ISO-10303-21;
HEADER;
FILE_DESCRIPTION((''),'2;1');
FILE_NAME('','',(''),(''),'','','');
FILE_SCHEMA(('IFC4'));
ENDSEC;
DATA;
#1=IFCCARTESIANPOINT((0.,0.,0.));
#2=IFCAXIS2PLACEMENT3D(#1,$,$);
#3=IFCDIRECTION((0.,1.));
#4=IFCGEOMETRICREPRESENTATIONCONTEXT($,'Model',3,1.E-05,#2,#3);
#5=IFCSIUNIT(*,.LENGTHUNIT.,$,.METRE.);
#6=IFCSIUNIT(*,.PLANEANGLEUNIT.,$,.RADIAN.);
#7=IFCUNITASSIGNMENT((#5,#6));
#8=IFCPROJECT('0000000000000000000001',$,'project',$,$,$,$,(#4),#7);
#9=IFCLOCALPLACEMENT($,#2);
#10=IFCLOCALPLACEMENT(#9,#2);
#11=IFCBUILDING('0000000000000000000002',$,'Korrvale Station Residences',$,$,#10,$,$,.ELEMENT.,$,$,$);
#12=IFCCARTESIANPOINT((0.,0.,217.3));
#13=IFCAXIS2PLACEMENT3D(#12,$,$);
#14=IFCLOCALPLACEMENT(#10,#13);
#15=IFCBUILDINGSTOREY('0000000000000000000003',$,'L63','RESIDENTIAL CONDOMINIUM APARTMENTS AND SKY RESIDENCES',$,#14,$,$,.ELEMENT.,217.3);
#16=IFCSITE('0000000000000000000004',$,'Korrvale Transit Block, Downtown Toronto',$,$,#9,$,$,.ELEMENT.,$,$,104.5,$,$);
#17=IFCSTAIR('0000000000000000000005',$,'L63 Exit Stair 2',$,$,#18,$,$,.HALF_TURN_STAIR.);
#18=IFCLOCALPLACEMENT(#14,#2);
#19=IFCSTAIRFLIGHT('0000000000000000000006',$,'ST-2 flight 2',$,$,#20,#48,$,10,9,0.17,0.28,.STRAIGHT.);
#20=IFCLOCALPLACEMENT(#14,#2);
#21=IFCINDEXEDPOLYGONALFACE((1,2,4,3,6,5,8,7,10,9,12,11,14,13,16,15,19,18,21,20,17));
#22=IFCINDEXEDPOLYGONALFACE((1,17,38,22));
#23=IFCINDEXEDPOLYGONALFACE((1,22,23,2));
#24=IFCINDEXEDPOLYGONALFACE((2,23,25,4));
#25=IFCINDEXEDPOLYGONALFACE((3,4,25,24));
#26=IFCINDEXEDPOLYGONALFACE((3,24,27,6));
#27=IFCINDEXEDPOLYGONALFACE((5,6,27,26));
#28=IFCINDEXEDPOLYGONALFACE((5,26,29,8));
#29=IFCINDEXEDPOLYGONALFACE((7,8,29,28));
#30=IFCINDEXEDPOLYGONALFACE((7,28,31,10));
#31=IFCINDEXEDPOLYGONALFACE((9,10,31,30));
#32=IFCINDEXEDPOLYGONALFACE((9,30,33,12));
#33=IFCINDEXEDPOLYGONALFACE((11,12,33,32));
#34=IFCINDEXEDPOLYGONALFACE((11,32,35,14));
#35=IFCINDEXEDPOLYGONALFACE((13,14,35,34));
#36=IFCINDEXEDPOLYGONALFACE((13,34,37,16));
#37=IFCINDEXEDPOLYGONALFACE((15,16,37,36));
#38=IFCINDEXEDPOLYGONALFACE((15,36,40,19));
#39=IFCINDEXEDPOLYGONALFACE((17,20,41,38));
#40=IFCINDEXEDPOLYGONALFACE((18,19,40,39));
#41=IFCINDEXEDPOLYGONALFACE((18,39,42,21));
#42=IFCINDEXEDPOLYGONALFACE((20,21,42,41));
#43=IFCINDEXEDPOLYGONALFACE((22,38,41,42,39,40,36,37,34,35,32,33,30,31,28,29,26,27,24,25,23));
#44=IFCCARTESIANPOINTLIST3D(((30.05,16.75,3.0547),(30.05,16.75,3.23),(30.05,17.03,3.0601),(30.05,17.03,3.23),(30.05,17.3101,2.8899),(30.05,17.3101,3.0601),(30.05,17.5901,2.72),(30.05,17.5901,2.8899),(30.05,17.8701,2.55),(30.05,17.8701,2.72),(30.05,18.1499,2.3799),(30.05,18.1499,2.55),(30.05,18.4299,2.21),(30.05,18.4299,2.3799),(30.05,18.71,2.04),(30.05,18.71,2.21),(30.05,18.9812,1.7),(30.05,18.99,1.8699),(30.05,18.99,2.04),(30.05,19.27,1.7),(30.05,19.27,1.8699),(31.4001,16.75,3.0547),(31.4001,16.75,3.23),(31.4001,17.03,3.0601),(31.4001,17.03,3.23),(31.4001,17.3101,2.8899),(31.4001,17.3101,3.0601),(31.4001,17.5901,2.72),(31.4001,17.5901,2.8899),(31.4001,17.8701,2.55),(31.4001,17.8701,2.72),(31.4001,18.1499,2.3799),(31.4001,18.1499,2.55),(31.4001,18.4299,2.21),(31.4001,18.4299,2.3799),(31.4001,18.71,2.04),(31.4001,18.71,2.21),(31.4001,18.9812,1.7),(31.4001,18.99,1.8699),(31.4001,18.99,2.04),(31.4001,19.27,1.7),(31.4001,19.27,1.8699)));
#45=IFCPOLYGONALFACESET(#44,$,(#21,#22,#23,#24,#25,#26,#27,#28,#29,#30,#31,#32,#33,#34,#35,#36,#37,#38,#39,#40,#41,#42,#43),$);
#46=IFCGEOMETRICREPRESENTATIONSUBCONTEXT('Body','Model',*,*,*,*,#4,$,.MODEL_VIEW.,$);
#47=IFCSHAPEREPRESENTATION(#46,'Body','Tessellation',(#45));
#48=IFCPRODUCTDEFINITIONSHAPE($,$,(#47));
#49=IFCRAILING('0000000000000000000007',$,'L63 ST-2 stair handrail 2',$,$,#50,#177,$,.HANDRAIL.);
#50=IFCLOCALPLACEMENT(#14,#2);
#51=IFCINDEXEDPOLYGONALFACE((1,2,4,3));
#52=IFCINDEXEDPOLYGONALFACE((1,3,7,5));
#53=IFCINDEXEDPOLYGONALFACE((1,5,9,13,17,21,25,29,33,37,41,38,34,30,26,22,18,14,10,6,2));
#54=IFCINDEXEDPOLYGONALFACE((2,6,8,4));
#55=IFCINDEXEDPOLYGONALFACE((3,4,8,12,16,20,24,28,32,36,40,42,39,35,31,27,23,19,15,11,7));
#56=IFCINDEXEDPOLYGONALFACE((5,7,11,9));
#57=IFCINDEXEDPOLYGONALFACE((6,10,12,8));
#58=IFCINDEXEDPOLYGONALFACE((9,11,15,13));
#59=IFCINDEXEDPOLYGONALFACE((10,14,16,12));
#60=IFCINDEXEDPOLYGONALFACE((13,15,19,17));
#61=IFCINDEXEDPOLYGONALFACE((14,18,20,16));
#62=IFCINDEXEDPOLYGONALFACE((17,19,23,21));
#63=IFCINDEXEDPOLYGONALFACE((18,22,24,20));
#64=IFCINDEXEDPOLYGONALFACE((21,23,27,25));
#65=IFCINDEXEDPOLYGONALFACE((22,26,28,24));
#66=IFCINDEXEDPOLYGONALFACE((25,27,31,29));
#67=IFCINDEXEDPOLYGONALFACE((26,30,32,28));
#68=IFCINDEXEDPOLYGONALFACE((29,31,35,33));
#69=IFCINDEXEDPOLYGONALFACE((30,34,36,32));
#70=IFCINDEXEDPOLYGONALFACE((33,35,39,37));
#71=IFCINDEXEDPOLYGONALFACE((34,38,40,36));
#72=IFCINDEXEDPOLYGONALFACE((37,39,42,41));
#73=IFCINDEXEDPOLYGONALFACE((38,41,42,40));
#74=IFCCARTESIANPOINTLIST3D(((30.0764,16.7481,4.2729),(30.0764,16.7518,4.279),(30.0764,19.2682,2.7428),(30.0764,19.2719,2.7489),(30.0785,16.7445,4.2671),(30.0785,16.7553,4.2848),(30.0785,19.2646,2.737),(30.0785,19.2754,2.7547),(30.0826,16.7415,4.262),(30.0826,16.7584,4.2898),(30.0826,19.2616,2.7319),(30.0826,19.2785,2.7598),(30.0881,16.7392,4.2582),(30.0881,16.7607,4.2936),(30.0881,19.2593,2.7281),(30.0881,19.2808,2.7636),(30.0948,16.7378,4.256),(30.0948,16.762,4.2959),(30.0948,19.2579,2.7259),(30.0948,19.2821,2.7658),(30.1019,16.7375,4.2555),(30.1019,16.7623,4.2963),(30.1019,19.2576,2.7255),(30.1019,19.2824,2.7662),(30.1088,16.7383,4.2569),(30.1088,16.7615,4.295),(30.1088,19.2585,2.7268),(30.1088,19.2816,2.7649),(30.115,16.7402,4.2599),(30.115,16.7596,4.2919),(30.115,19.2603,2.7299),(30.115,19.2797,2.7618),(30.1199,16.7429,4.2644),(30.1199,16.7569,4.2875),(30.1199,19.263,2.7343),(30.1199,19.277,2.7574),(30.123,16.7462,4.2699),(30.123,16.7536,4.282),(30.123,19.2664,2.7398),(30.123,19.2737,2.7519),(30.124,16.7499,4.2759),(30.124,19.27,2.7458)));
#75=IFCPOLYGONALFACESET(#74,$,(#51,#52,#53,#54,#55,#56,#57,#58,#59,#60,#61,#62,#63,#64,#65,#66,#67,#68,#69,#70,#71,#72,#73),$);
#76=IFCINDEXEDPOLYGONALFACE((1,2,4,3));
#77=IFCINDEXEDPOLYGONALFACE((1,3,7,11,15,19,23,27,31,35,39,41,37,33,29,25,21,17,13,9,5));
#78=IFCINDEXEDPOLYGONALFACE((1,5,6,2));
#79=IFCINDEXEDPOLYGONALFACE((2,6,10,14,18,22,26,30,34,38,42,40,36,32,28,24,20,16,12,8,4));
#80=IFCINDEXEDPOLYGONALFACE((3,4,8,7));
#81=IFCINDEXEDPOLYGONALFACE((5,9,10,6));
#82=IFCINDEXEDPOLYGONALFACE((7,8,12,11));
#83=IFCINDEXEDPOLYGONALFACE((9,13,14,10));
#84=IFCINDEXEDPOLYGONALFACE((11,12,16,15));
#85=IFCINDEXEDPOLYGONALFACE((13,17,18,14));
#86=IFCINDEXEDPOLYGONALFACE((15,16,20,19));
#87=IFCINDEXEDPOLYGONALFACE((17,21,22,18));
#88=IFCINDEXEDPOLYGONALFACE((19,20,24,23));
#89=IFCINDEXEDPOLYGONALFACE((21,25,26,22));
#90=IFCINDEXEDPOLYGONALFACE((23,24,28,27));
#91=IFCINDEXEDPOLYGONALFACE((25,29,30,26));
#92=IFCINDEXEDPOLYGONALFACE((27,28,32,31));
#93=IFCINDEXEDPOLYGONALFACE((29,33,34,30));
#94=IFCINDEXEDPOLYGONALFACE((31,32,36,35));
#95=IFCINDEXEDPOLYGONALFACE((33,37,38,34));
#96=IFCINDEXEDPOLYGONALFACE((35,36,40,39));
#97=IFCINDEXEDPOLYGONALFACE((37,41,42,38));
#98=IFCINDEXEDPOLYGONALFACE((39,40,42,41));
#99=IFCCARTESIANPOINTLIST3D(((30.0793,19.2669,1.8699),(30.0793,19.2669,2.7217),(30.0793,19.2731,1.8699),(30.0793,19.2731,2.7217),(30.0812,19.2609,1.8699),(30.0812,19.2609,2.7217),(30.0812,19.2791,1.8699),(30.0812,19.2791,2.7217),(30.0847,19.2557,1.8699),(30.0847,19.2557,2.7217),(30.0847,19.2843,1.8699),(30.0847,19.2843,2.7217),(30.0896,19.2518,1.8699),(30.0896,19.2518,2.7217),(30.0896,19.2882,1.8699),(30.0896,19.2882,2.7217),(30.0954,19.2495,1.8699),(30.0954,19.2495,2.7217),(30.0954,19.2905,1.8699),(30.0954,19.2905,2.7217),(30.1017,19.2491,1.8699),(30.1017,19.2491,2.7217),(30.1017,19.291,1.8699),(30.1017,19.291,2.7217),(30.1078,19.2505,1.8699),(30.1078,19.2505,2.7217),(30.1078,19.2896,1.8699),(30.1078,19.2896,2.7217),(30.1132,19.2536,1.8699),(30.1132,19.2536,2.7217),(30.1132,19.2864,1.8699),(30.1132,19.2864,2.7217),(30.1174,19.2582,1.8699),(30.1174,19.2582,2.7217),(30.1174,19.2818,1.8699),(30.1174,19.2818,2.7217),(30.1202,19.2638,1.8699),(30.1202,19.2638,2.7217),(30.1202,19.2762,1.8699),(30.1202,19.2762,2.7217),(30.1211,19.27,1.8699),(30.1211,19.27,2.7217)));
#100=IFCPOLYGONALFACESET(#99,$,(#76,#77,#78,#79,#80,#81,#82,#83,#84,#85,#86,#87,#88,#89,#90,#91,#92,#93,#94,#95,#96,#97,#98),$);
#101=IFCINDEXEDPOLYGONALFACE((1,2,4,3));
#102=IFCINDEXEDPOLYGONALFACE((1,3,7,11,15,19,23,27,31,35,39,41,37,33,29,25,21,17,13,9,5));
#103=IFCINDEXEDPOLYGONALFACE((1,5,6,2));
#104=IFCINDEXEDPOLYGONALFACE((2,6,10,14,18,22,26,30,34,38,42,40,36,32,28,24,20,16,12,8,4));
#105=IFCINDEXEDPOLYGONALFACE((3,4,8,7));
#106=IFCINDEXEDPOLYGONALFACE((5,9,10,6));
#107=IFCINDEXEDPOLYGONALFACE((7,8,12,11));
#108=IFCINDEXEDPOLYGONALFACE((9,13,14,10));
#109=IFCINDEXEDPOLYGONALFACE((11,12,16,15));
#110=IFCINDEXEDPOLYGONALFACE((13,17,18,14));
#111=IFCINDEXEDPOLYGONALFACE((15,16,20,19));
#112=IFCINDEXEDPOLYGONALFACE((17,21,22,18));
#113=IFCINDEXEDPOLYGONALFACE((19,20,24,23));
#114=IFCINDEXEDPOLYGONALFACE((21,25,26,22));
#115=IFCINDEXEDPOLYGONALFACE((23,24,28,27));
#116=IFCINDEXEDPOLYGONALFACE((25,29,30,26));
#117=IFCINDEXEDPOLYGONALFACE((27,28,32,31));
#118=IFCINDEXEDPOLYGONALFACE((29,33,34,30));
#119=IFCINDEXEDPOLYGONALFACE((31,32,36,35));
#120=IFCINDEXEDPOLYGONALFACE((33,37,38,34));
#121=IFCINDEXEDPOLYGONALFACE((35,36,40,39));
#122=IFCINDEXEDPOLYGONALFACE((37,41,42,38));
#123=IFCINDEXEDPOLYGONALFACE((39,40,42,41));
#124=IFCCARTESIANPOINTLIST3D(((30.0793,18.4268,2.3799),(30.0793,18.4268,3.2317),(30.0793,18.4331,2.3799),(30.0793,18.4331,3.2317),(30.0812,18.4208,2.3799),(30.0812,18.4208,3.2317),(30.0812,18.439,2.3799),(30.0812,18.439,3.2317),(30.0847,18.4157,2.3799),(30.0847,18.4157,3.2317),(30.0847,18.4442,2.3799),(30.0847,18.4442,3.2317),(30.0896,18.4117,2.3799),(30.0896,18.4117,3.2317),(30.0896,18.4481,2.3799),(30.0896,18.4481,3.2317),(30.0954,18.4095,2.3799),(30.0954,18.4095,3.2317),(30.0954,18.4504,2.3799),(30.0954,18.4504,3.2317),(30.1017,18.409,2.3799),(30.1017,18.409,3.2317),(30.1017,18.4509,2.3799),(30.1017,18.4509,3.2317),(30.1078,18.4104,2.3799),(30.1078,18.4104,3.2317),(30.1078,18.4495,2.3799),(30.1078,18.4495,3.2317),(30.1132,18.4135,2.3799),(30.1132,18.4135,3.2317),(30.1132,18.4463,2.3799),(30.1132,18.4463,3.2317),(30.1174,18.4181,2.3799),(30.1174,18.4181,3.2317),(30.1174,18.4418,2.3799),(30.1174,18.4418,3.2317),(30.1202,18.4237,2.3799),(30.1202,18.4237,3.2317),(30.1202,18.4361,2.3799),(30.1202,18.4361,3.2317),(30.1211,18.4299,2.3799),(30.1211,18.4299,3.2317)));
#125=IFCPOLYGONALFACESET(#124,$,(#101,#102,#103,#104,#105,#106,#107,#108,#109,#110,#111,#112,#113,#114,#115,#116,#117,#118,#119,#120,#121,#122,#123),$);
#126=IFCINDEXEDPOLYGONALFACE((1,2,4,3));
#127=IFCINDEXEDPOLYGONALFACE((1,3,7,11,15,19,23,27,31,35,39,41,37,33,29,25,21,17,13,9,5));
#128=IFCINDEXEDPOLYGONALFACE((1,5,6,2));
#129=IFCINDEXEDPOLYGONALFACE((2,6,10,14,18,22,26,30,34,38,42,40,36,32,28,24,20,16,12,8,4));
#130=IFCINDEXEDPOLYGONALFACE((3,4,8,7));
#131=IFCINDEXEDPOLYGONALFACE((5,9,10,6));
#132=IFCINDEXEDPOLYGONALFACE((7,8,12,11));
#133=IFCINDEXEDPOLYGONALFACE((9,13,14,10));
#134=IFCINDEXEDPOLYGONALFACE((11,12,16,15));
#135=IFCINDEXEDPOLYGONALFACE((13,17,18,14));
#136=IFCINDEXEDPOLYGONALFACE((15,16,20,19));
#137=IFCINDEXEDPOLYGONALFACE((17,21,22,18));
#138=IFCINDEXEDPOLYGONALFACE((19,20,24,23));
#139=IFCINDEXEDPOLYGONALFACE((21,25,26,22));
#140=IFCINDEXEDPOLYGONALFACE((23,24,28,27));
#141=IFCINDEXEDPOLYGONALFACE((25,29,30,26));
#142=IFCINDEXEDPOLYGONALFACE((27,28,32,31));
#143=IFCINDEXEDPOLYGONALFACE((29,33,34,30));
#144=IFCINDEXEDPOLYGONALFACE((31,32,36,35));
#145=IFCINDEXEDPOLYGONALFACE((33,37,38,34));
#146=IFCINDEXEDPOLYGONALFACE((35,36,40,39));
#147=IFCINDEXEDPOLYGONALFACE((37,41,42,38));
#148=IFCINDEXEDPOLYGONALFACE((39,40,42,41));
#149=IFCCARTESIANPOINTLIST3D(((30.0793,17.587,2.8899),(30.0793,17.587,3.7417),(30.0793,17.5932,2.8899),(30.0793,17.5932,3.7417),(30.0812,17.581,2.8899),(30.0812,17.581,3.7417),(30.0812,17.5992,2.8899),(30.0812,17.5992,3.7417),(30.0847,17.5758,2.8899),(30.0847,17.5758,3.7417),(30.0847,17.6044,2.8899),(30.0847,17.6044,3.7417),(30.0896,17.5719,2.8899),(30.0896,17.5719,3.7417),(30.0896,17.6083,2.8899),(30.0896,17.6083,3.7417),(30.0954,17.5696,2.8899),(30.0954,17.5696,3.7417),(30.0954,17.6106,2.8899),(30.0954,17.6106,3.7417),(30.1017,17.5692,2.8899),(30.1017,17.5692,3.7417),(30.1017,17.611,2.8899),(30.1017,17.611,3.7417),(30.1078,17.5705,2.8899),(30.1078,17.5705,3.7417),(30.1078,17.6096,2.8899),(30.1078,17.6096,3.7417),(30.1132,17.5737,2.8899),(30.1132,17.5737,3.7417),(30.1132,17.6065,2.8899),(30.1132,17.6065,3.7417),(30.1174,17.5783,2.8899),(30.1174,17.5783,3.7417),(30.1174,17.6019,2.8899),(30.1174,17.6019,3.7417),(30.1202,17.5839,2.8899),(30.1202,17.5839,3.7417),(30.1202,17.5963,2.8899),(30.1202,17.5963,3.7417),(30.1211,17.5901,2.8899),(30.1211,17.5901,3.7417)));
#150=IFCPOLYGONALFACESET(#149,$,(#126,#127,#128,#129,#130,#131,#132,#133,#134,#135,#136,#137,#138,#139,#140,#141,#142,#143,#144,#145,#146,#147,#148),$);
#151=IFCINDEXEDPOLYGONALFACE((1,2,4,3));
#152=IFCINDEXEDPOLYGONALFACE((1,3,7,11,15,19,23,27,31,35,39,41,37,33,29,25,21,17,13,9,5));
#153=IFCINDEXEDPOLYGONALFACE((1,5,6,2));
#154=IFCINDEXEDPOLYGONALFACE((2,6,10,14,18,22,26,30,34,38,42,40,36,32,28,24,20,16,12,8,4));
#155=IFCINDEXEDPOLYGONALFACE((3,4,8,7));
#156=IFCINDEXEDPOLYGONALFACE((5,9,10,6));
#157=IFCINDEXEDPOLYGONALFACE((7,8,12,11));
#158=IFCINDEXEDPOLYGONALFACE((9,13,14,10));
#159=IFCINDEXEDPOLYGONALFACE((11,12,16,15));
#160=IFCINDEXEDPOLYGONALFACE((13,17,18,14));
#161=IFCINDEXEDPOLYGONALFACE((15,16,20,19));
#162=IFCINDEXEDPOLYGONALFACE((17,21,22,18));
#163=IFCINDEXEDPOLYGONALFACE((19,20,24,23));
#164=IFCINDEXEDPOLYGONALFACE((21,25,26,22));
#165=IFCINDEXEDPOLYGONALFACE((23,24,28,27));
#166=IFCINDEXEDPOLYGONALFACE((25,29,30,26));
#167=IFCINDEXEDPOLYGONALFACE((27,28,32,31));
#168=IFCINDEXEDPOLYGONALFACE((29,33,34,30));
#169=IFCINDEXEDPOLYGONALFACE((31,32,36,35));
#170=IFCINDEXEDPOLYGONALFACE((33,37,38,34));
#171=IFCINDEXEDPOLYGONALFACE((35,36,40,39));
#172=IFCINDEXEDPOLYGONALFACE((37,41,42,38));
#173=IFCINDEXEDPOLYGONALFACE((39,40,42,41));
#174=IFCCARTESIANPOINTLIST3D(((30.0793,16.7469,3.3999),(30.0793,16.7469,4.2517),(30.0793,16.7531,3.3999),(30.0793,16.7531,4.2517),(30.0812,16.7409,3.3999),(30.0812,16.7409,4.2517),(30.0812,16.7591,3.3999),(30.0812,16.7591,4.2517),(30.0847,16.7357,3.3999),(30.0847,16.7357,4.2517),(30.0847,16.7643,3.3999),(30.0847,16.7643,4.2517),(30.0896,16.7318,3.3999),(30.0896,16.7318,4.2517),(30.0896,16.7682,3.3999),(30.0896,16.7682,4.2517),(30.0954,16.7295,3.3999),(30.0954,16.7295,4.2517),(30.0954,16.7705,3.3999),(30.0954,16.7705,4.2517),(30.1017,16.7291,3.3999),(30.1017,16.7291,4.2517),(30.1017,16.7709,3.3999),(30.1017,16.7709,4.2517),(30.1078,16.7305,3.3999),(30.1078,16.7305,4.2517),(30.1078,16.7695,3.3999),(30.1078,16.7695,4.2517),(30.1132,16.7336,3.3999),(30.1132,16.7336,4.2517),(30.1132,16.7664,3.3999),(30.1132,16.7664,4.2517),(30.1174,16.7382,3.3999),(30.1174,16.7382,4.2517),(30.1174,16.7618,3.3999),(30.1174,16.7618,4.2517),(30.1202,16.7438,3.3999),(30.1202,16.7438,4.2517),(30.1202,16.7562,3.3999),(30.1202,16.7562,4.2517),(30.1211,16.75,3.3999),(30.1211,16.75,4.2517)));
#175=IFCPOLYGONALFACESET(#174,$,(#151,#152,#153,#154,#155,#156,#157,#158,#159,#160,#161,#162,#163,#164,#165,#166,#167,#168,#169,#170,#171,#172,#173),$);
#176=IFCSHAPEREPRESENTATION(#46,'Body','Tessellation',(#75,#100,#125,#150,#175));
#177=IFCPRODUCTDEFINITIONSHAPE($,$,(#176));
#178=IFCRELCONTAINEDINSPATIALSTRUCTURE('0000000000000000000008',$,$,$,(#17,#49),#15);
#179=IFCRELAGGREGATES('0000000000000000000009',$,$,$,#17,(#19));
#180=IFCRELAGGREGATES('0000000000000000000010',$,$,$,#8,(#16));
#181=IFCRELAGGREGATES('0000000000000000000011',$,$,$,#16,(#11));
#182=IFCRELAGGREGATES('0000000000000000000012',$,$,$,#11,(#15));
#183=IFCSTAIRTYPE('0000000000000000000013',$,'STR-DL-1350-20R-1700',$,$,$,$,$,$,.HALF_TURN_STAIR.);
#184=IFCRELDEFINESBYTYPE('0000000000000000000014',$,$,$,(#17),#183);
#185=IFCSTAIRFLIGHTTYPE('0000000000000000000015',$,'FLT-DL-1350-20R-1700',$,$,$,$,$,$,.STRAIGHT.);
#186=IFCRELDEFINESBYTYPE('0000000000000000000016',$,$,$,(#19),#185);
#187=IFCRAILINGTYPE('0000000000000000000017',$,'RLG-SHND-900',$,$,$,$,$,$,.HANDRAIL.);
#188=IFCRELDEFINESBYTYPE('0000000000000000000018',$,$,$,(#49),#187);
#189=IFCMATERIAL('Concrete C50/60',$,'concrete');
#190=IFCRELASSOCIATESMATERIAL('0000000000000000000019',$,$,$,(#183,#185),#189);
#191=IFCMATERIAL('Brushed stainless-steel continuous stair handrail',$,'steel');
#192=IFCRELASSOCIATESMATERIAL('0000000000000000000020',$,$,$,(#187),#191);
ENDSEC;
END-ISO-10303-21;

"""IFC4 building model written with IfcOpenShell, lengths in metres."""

from ifc_helpers import new_model, si_unit, direction, frame, origin, origin_2d, place, context, subcontext, project, spatial, polyline, circle, outline, extrude, material, type_object, element, aggregate, save


model = new_model("IFC4")

# Units and contexts
model_context = context("Model", 3, precision=1e-05, world=origin(), true_north=direction((0.0, 1.0)))
body_context = subcontext(model_context, "Body", "Model", "MODEL_VIEW")
ifc_project = project(units=[si_unit("LENGTHUNIT", "METRE"), si_unit("PLANEANGLEUNIT", "RADIAN")], contexts=[model_context])

# Site, building, storey
site_placement = place(None, origin())
site = spatial("IfcSite", under=ifc_project, at=site_placement, Name="Korrvale Transit Block, Downtown Toronto", CompositionType="ELEMENT", RefElevation=104.5)
building_placement = place(site_placement, origin())
building = spatial("IfcBuilding", under=site, at=building_placement, Name="Korrvale Station Residences", CompositionType="ELEMENT")
storey_placement = place(building_placement, frame((0.0, 0.0, 217.3)))
storey = spatial("IfcBuildingStorey", under=building, at=storey_placement, Name="L63", Description="RESIDENTIAL CONDOMINIUM APARTMENTS AND SKY RESIDENCES", CompositionType="ELEMENT", Elevation=217.3)

# Shared definitions
ifc_material_1 = material(Name="Concrete C50/60", Category="concrete")

# Stair, stair flight
stair_type = type_object("IfcStairType", Name="STR-DL-1350-20R-1700", PredefinedType="HALF_TURN_STAIR", material=ifc_material_1)
stair_placement = place(storey_placement, origin())
stair = element("IfcStair", 1, at=stair_placement, inside=storey, type_object=stair_type, Name="L63 Exit Stair 2", PredefinedType="HALF_TURN_STAIR")
stair_flight_type = type_object("IfcStairFlightType", Name="FLT-DL-1350-20R-1700", PredefinedType="STRAIGHT", material=ifc_material_1)
stair_flight_placement = place(storey_placement, frame((30.7251, 19.27, 1.7), z_axis=(0.0, 0.0, 1.0), x_axis=(0.0, -1.0, 0.0)))
stair_flight = element("IfcStairFlight", 2, at=stair_flight_placement, type_object=stair_flight_type, Name="ST-2 flight 2", NumberOfRisers=10, NumberOfTreads=9, PredefinedType="STRAIGHT", RiserHeight=0.17, TreadLength=0.28, context=body_context, shape_type="SweptSolid", body=[
    extrude(outline(polyline([(0.0, 0.0), (0.0, 0.1699), (0.28, 0.1699), (0.28, 0.3401), (0.5601, 0.3401), (0.5601, 0.51), (0.8401, 0.51), (0.8401, 0.6799), (1.1201, 0.6799), (1.1201, 0.8501), (1.3999, 0.8501), (1.3999, 1.02), (1.6799, 1.02), (1.6799, 1.1899), (1.96, 1.1899), (1.96, 1.3601), (2.24, 1.3601), (2.24, 1.53), (2.52, 1.53), (2.52, 1.7), (2.52, 1.3547), (0.2888, 0.0), (0.0, 0.0)])), frame((0.0, 0.675, 0.0), z_axis=(0.0, -1.0, 0.0), x_axis=(1.0, 0.0, 0.0)), (0.0, 0.0, 1.0), 1.3501),
])
aggregate(stair, [stair_flight])

# Railing
ifc_material_2 = material(Name="Brushed stainless-steel continuous stair handrail", Category="steel")
railing_type_1 = type_object("IfcRailingType", Name="RLG-SHND-900", PredefinedType="HANDRAIL", material=ifc_material_2)
railing_1_placement = place(storey_placement, frame((30.1001, 19.27, 1.8699)))
element("IfcRailing", 3, at=railing_1_placement, inside=storey, type_object=railing_type_1, Name="L63 ST-2 stair handrail 2", PredefinedType="HANDRAIL", context=body_context, shape_type="SweptSolid", body=[
    extrude(circle(Radius=0.0239, at=origin_2d()), frame((0.0, 0.0, 0.876), z_axis=(0.0, -0.854785, 0.518982), x_axis=(1.0, 0.0, 0.0)), (0.0, 0.0, 1.0), 2.9482),
    extrude(circle(Radius=0.021, at=origin_2d()), origin(), (0.0, 0.0, 1.0), 0.8518),
    extrude(circle(Radius=0.021, at=origin_2d()), frame((0.0, -0.8401, 0.51)), (0.0, 0.0, 1.0), 0.8518),
    extrude(circle(Radius=0.021, at=origin_2d()), frame((0.0, -1.6799, 1.02)), (0.0, 0.0, 1.0), 0.8518),
    extrude(circle(Radius=0.021, at=origin_2d()), frame((0.0, -2.52, 1.53)), (0.0, 0.0, 1.0), 0.8518),
])

save(model, "model.ifc")
